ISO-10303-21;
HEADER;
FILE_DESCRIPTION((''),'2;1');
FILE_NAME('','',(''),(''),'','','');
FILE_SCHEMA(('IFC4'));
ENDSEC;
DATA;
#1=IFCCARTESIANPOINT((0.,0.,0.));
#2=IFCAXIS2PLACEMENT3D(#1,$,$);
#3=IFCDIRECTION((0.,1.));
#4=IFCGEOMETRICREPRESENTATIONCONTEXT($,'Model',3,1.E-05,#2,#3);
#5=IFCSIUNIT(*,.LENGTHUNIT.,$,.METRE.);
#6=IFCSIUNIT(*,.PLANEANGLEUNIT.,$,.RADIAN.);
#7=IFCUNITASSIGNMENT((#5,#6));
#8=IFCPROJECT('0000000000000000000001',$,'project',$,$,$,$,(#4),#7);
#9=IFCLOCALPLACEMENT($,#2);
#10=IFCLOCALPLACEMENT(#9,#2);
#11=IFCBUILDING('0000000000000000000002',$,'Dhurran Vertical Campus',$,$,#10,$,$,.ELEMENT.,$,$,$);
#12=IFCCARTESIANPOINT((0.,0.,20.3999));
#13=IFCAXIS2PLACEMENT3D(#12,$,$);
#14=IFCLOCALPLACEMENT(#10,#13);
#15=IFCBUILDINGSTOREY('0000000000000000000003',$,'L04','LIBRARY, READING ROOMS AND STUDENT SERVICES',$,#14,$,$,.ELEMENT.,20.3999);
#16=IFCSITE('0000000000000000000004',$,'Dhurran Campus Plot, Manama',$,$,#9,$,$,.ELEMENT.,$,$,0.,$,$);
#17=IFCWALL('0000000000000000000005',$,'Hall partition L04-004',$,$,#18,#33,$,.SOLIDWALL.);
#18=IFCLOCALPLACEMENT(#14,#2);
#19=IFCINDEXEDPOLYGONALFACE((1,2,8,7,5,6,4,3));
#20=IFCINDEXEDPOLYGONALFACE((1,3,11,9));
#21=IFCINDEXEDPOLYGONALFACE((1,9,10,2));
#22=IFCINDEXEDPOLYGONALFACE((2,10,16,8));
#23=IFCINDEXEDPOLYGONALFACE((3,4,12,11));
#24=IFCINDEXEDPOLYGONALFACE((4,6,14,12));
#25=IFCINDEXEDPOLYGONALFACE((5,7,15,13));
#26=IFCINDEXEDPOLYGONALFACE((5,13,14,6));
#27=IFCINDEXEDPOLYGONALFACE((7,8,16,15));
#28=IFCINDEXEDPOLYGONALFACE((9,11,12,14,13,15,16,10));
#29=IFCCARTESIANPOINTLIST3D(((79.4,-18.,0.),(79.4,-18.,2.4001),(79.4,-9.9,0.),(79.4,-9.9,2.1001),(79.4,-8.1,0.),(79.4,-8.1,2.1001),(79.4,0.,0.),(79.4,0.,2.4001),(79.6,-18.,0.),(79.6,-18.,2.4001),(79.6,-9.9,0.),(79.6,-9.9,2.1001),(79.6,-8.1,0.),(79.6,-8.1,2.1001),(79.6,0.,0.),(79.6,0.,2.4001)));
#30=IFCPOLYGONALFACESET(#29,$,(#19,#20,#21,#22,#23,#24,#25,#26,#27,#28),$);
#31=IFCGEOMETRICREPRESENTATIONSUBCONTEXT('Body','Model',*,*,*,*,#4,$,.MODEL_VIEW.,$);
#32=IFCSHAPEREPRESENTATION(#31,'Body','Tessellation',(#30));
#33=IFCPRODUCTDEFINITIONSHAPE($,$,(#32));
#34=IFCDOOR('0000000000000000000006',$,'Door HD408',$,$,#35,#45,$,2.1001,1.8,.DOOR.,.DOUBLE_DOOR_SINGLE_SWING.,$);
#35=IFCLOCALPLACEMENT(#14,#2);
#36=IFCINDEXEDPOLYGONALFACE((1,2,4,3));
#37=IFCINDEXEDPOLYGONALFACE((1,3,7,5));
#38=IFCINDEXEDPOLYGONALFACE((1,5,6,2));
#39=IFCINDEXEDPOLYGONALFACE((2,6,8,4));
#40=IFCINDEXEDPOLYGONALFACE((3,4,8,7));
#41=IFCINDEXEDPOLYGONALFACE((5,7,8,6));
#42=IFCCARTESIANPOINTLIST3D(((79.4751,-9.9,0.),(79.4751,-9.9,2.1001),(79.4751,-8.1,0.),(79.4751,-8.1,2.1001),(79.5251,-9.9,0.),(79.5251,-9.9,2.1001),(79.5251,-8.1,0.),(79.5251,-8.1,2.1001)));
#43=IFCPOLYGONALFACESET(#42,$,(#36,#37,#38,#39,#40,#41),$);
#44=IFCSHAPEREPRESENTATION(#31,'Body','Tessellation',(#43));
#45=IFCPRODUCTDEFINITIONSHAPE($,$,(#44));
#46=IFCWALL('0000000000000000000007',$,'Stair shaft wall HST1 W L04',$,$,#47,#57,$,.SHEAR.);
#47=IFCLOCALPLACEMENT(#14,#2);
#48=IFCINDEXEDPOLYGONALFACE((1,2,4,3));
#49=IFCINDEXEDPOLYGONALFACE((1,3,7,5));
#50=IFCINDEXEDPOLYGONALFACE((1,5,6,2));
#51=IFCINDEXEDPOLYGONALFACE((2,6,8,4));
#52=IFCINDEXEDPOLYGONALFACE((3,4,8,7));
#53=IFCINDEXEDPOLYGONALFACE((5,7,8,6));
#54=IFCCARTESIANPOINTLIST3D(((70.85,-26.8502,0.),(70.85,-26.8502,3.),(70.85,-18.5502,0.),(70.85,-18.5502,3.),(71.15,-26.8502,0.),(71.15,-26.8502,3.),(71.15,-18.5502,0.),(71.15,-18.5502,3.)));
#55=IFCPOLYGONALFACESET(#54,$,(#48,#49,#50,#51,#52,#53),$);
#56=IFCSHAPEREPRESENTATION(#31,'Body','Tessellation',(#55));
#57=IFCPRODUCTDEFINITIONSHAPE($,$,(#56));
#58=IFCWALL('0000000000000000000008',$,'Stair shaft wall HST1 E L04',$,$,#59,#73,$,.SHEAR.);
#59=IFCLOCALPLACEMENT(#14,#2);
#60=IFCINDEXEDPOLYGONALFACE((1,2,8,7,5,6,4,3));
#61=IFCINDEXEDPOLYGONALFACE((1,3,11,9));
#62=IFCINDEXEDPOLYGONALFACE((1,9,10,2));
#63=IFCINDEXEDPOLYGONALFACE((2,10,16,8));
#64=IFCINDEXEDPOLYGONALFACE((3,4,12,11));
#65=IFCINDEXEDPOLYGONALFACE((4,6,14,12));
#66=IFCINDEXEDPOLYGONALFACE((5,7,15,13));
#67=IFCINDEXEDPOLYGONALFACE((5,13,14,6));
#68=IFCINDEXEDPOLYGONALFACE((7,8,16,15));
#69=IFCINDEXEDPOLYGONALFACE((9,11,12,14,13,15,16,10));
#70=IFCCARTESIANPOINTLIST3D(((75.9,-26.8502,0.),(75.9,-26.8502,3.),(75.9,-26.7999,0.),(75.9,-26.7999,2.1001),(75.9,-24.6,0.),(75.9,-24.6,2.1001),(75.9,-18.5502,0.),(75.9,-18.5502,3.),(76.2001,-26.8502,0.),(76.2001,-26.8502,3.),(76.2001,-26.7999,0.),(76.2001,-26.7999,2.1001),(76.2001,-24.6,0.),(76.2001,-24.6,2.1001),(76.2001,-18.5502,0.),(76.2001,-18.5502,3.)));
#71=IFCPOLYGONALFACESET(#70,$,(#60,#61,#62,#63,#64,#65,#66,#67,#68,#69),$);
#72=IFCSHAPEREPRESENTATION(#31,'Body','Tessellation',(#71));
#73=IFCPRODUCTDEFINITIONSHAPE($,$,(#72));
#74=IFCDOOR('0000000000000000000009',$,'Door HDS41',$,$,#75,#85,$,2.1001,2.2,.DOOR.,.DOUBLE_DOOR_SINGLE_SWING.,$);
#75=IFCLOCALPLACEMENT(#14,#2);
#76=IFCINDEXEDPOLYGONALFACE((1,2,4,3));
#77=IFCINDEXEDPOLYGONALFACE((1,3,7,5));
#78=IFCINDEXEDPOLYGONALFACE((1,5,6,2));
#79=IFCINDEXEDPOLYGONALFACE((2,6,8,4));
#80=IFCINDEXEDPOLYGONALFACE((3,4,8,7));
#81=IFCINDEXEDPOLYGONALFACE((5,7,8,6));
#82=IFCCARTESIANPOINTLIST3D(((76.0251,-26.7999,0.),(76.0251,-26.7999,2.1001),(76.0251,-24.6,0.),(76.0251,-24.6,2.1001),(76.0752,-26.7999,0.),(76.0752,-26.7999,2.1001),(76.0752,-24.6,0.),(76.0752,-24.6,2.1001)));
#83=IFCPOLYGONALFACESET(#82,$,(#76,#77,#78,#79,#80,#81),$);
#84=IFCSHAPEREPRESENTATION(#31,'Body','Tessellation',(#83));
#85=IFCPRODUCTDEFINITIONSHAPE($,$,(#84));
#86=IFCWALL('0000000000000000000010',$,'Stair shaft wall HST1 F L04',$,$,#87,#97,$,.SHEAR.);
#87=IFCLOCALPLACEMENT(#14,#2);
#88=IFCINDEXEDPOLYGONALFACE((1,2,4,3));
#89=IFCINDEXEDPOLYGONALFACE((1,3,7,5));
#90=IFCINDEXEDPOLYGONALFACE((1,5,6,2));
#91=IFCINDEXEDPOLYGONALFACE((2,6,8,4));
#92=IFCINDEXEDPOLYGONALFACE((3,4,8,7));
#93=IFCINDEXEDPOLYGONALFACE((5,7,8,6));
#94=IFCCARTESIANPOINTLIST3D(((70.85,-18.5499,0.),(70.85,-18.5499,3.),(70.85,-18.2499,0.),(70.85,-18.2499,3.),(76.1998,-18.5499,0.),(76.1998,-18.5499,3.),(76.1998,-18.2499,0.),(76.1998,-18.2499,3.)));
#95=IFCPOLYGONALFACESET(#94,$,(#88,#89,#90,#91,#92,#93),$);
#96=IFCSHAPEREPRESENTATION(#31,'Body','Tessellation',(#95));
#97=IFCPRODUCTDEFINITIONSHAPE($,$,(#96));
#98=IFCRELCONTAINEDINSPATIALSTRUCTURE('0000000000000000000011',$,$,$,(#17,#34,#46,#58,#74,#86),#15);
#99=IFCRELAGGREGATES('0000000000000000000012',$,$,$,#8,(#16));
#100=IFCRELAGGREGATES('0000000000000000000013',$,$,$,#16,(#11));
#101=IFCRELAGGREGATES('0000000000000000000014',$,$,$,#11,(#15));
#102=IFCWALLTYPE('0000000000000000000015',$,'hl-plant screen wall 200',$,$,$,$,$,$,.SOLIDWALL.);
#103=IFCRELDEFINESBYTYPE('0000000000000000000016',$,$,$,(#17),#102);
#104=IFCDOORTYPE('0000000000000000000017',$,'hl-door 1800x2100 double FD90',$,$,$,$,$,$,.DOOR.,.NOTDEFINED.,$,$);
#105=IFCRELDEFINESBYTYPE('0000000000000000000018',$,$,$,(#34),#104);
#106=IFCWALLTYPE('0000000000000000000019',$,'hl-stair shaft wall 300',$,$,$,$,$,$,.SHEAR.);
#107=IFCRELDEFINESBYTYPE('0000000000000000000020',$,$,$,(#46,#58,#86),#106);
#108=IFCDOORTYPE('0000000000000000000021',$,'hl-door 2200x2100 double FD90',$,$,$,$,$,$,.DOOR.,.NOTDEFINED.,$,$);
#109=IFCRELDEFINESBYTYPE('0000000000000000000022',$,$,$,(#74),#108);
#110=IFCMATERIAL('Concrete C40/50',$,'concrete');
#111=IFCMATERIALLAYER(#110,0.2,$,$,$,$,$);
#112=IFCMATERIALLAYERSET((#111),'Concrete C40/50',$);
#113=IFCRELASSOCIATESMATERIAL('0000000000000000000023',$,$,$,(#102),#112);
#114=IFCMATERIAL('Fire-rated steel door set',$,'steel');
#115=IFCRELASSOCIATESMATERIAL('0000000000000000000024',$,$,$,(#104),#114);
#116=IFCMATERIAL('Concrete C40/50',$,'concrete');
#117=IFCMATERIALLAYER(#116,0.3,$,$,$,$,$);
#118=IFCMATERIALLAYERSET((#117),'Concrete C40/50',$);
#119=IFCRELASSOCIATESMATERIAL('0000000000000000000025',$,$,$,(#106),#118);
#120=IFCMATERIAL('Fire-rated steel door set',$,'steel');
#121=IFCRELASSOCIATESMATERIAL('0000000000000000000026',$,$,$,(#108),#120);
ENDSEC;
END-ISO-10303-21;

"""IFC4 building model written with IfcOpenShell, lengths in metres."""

from ifc_helpers import new_model, si_unit, direction, frame, frame_2d, origin, place, context, subcontext, project, spatial, rectangle, extrude, material, layer, layer_set, type_object, element, fill, save


model = new_model("IFC4")

# Units and contexts
model_context = context("Model", 3, precision=1e-05, world=origin(), true_north=direction((0.0, 1.0)))
body_context = subcontext(model_context, "Body", "Model", "MODEL_VIEW")
ifc_project = project(units=[si_unit("LENGTHUNIT", "METRE"), si_unit("PLANEANGLEUNIT", "RADIAN")], contexts=[model_context])

# Site, building, storey
site_placement = place(None, origin())
site = spatial("IfcSite", under=ifc_project, at=site_placement, Name="Dhurran Campus Plot, Manama", CompositionType="ELEMENT", RefElevation=0.0)
building_placement = place(site_placement, origin())
building = spatial("IfcBuilding", under=site, at=building_placement, Name="Dhurran Vertical Campus", CompositionType="ELEMENT")
storey_placement = place(building_placement, frame((0.0, 0.0, 20.3999)))
storey = spatial("IfcBuildingStorey", under=building, at=storey_placement, Name="L04", Description="LIBRARY, READING ROOMS AND STUDENT SERVICES", CompositionType="ELEMENT", Elevation=20.3999)

# Shared definitions
ifc_material_1 = material(Name="Concrete C40/50", Category="concrete")
ifc_layer_1 = layer(ifc_material_1, 0.2)
ifc_layer_set_1 = layer_set([ifc_layer_1], Name="Concrete C40/50")
wall_type_1 = type_object("IfcWallType", Name="hl-plant screen wall 200", PredefinedType="SOLIDWALL", material=ifc_layer_set_1)

# Wall, opening, door
wall_1_placement = place(storey_placement, frame((79.5, -18.0, 0.0), z_axis=(0.0, 0.0, 1.0), x_axis=(0.0, 1.0, 0.0)))
wall_1 = element("IfcWall", 1, at=wall_1_placement, inside=storey, type_object=wall_type_1, Name="Hall partition L04-004", PredefinedType="SOLIDWALL", context=body_context, shape_type="SweptSolid", body=[
    extrude(rectangle(XDim=18.0, YDim=0.2, at=frame_2d((9.0, 0.0))), origin(), (0.0, 0.0, 1.0), 2.4001),
])
opening_1_placement = place(wall_1_placement, frame((8.1001, 0.0, 0.0)))
opening_1 = element("IfcOpeningElement", 2, at=opening_1_placement, cuts=wall_1, PredefinedType="OPENING", context=body_context, shape_type="SweptSolid", body=[
    extrude(rectangle(XDim=1.8, YDim=2.1001, at=frame_2d((0.8999, 1.05))), frame((0.0, 0.1099, 0.0), z_axis=(0.0, -1.0, 0.0), x_axis=(1.0, 0.0, 0.0)), (0.0, 0.0, 1.0), 0.22),
])
ifc_material_2 = material(Name="Fire-rated steel door set", Category="steel")
door_type_1 = type_object("IfcDoorType", Name="hl-door 1800x2100 double FD90", OperationType="NOTDEFINED", PredefinedType="DOOR", material=ifc_material_2)
door_1_placement = place(opening_1_placement, origin())
door_1 = element("IfcDoor", 3, at=door_1_placement, inside=storey, type_object=door_type_1, Name="Door HD408", OperationType="DOUBLE_DOOR_SINGLE_SWING", OverallHeight=2.1001, OverallWidth=1.8, PredefinedType="DOOR", context=body_context, shape_type="SweptSolid", body=[
    extrude(rectangle(XDim=1.8, YDim=2.1001, at=frame_2d((0.8999, 1.05))), frame((0.0, 0.0249, 0.0), z_axis=(0.0, -1.0, 0.0), x_axis=(1.0, 0.0, 0.0)), (0.0, 0.0, 1.0), 0.05),
])
fill(opening_1, door_1)

# Wall
ifc_material_3 = material(Name="Concrete C40/50", Category="concrete")
ifc_layer_2 = layer(ifc_material_3, 0.3)
ifc_layer_set_2 = layer_set([ifc_layer_2], Name="Concrete C40/50")
wall_type_2 = type_object("IfcWallType", Name="hl-stair shaft wall 300", PredefinedType="SHEAR", material=ifc_layer_set_2)
wall_2_placement = place(storey_placement, frame((71.0, -26.8501, 0.0), z_axis=(0.0, 0.0, 1.0), x_axis=(0.0, 1.0, 0.0)))
element("IfcWall", 4, at=wall_2_placement, inside=storey, type_object=wall_type_2, Name="Stair shaft wall HST1 W L04", PredefinedType="SHEAR", context=body_context, shape_type="SweptSolid", body=[
    extrude(rectangle(XDim=8.3, YDim=0.3, at=frame_2d((4.1499, 0.0))), origin(), (0.0, 0.0, 1.0), 3.0),
])

# Wall, opening, door
wall_3_placement = place(storey_placement, frame((76.05, -26.8501, 0.0), z_axis=(0.0, 0.0, 1.0), x_axis=(0.0, 1.0, 0.0)))
wall_3 = element("IfcWall", 5, at=wall_3_placement, inside=storey, type_object=wall_type_2, Name="Stair shaft wall HST1 E L04", PredefinedType="SHEAR", context=body_context, shape_type="SweptSolid", body=[
    extrude(rectangle(XDim=8.3, YDim=0.3, at=frame_2d((4.1499, 0.0))), origin(), (0.0, 0.0, 1.0), 3.0),
])
opening_2_placement = place(wall_3_placement, frame((0.05, 0.0, 0.0)))
opening_2 = element("IfcOpeningElement", 6, at=opening_2_placement, cuts=wall_3, PredefinedType="OPENING", context=body_context, shape_type="SweptSolid", body=[
    extrude(rectangle(XDim=2.2, YDim=2.1001, at=frame_2d((1.1001, 1.05))), frame((0.0, 0.1599, 0.0), z_axis=(0.0, -1.0, 0.0), x_axis=(1.0, 0.0, 0.0)), (0.0, 0.0, 1.0), 0.3201),
])
ifc_material_4 = material(Name="Fire-rated steel door set", Category="steel")
door_type_2 = type_object("IfcDoorType", Name="hl-door 2200x2100 double FD90", OperationType="NOTDEFINED", PredefinedType="DOOR", material=ifc_material_4)
door_2_placement = place(opening_2_placement, origin())
door_2 = element("IfcDoor", 7, at=door_2_placement, inside=storey, type_object=door_type_2, Name="Door HDS41", OperationType="DOUBLE_DOOR_SINGLE_SWING", OverallHeight=2.1001, OverallWidth=2.2, PredefinedType="DOOR", context=body_context, shape_type="SweptSolid", body=[
    extrude(rectangle(XDim=2.2, YDim=2.1001, at=frame_2d((1.1001, 1.05))), frame((0.0, 0.0249, 0.0), z_axis=(0.0, -1.0, 0.0), x_axis=(1.0, 0.0, 0.0)), (0.0, 0.0, 1.0), 0.05),
])
fill(opening_2, door_2)

# Wall
wall_4_placement = place(storey_placement, frame((70.8501, -18.3999, 0.0), z_axis=(0.0, 0.0, 1.0), x_axis=(1.0, 0.0, 0.0)))
element("IfcWall", 8, at=wall_4_placement, inside=storey, type_object=wall_type_2, Name="Stair shaft wall HST1 F L04", PredefinedType="SHEAR", context=body_context, shape_type="SweptSolid", body=[
    extrude(rectangle(XDim=5.3499, YDim=0.3, at=frame_2d((2.6748, 0.0))), origin(), (0.0, 0.0, 1.0), 3.0),
])

save(model, "model.ifc")
